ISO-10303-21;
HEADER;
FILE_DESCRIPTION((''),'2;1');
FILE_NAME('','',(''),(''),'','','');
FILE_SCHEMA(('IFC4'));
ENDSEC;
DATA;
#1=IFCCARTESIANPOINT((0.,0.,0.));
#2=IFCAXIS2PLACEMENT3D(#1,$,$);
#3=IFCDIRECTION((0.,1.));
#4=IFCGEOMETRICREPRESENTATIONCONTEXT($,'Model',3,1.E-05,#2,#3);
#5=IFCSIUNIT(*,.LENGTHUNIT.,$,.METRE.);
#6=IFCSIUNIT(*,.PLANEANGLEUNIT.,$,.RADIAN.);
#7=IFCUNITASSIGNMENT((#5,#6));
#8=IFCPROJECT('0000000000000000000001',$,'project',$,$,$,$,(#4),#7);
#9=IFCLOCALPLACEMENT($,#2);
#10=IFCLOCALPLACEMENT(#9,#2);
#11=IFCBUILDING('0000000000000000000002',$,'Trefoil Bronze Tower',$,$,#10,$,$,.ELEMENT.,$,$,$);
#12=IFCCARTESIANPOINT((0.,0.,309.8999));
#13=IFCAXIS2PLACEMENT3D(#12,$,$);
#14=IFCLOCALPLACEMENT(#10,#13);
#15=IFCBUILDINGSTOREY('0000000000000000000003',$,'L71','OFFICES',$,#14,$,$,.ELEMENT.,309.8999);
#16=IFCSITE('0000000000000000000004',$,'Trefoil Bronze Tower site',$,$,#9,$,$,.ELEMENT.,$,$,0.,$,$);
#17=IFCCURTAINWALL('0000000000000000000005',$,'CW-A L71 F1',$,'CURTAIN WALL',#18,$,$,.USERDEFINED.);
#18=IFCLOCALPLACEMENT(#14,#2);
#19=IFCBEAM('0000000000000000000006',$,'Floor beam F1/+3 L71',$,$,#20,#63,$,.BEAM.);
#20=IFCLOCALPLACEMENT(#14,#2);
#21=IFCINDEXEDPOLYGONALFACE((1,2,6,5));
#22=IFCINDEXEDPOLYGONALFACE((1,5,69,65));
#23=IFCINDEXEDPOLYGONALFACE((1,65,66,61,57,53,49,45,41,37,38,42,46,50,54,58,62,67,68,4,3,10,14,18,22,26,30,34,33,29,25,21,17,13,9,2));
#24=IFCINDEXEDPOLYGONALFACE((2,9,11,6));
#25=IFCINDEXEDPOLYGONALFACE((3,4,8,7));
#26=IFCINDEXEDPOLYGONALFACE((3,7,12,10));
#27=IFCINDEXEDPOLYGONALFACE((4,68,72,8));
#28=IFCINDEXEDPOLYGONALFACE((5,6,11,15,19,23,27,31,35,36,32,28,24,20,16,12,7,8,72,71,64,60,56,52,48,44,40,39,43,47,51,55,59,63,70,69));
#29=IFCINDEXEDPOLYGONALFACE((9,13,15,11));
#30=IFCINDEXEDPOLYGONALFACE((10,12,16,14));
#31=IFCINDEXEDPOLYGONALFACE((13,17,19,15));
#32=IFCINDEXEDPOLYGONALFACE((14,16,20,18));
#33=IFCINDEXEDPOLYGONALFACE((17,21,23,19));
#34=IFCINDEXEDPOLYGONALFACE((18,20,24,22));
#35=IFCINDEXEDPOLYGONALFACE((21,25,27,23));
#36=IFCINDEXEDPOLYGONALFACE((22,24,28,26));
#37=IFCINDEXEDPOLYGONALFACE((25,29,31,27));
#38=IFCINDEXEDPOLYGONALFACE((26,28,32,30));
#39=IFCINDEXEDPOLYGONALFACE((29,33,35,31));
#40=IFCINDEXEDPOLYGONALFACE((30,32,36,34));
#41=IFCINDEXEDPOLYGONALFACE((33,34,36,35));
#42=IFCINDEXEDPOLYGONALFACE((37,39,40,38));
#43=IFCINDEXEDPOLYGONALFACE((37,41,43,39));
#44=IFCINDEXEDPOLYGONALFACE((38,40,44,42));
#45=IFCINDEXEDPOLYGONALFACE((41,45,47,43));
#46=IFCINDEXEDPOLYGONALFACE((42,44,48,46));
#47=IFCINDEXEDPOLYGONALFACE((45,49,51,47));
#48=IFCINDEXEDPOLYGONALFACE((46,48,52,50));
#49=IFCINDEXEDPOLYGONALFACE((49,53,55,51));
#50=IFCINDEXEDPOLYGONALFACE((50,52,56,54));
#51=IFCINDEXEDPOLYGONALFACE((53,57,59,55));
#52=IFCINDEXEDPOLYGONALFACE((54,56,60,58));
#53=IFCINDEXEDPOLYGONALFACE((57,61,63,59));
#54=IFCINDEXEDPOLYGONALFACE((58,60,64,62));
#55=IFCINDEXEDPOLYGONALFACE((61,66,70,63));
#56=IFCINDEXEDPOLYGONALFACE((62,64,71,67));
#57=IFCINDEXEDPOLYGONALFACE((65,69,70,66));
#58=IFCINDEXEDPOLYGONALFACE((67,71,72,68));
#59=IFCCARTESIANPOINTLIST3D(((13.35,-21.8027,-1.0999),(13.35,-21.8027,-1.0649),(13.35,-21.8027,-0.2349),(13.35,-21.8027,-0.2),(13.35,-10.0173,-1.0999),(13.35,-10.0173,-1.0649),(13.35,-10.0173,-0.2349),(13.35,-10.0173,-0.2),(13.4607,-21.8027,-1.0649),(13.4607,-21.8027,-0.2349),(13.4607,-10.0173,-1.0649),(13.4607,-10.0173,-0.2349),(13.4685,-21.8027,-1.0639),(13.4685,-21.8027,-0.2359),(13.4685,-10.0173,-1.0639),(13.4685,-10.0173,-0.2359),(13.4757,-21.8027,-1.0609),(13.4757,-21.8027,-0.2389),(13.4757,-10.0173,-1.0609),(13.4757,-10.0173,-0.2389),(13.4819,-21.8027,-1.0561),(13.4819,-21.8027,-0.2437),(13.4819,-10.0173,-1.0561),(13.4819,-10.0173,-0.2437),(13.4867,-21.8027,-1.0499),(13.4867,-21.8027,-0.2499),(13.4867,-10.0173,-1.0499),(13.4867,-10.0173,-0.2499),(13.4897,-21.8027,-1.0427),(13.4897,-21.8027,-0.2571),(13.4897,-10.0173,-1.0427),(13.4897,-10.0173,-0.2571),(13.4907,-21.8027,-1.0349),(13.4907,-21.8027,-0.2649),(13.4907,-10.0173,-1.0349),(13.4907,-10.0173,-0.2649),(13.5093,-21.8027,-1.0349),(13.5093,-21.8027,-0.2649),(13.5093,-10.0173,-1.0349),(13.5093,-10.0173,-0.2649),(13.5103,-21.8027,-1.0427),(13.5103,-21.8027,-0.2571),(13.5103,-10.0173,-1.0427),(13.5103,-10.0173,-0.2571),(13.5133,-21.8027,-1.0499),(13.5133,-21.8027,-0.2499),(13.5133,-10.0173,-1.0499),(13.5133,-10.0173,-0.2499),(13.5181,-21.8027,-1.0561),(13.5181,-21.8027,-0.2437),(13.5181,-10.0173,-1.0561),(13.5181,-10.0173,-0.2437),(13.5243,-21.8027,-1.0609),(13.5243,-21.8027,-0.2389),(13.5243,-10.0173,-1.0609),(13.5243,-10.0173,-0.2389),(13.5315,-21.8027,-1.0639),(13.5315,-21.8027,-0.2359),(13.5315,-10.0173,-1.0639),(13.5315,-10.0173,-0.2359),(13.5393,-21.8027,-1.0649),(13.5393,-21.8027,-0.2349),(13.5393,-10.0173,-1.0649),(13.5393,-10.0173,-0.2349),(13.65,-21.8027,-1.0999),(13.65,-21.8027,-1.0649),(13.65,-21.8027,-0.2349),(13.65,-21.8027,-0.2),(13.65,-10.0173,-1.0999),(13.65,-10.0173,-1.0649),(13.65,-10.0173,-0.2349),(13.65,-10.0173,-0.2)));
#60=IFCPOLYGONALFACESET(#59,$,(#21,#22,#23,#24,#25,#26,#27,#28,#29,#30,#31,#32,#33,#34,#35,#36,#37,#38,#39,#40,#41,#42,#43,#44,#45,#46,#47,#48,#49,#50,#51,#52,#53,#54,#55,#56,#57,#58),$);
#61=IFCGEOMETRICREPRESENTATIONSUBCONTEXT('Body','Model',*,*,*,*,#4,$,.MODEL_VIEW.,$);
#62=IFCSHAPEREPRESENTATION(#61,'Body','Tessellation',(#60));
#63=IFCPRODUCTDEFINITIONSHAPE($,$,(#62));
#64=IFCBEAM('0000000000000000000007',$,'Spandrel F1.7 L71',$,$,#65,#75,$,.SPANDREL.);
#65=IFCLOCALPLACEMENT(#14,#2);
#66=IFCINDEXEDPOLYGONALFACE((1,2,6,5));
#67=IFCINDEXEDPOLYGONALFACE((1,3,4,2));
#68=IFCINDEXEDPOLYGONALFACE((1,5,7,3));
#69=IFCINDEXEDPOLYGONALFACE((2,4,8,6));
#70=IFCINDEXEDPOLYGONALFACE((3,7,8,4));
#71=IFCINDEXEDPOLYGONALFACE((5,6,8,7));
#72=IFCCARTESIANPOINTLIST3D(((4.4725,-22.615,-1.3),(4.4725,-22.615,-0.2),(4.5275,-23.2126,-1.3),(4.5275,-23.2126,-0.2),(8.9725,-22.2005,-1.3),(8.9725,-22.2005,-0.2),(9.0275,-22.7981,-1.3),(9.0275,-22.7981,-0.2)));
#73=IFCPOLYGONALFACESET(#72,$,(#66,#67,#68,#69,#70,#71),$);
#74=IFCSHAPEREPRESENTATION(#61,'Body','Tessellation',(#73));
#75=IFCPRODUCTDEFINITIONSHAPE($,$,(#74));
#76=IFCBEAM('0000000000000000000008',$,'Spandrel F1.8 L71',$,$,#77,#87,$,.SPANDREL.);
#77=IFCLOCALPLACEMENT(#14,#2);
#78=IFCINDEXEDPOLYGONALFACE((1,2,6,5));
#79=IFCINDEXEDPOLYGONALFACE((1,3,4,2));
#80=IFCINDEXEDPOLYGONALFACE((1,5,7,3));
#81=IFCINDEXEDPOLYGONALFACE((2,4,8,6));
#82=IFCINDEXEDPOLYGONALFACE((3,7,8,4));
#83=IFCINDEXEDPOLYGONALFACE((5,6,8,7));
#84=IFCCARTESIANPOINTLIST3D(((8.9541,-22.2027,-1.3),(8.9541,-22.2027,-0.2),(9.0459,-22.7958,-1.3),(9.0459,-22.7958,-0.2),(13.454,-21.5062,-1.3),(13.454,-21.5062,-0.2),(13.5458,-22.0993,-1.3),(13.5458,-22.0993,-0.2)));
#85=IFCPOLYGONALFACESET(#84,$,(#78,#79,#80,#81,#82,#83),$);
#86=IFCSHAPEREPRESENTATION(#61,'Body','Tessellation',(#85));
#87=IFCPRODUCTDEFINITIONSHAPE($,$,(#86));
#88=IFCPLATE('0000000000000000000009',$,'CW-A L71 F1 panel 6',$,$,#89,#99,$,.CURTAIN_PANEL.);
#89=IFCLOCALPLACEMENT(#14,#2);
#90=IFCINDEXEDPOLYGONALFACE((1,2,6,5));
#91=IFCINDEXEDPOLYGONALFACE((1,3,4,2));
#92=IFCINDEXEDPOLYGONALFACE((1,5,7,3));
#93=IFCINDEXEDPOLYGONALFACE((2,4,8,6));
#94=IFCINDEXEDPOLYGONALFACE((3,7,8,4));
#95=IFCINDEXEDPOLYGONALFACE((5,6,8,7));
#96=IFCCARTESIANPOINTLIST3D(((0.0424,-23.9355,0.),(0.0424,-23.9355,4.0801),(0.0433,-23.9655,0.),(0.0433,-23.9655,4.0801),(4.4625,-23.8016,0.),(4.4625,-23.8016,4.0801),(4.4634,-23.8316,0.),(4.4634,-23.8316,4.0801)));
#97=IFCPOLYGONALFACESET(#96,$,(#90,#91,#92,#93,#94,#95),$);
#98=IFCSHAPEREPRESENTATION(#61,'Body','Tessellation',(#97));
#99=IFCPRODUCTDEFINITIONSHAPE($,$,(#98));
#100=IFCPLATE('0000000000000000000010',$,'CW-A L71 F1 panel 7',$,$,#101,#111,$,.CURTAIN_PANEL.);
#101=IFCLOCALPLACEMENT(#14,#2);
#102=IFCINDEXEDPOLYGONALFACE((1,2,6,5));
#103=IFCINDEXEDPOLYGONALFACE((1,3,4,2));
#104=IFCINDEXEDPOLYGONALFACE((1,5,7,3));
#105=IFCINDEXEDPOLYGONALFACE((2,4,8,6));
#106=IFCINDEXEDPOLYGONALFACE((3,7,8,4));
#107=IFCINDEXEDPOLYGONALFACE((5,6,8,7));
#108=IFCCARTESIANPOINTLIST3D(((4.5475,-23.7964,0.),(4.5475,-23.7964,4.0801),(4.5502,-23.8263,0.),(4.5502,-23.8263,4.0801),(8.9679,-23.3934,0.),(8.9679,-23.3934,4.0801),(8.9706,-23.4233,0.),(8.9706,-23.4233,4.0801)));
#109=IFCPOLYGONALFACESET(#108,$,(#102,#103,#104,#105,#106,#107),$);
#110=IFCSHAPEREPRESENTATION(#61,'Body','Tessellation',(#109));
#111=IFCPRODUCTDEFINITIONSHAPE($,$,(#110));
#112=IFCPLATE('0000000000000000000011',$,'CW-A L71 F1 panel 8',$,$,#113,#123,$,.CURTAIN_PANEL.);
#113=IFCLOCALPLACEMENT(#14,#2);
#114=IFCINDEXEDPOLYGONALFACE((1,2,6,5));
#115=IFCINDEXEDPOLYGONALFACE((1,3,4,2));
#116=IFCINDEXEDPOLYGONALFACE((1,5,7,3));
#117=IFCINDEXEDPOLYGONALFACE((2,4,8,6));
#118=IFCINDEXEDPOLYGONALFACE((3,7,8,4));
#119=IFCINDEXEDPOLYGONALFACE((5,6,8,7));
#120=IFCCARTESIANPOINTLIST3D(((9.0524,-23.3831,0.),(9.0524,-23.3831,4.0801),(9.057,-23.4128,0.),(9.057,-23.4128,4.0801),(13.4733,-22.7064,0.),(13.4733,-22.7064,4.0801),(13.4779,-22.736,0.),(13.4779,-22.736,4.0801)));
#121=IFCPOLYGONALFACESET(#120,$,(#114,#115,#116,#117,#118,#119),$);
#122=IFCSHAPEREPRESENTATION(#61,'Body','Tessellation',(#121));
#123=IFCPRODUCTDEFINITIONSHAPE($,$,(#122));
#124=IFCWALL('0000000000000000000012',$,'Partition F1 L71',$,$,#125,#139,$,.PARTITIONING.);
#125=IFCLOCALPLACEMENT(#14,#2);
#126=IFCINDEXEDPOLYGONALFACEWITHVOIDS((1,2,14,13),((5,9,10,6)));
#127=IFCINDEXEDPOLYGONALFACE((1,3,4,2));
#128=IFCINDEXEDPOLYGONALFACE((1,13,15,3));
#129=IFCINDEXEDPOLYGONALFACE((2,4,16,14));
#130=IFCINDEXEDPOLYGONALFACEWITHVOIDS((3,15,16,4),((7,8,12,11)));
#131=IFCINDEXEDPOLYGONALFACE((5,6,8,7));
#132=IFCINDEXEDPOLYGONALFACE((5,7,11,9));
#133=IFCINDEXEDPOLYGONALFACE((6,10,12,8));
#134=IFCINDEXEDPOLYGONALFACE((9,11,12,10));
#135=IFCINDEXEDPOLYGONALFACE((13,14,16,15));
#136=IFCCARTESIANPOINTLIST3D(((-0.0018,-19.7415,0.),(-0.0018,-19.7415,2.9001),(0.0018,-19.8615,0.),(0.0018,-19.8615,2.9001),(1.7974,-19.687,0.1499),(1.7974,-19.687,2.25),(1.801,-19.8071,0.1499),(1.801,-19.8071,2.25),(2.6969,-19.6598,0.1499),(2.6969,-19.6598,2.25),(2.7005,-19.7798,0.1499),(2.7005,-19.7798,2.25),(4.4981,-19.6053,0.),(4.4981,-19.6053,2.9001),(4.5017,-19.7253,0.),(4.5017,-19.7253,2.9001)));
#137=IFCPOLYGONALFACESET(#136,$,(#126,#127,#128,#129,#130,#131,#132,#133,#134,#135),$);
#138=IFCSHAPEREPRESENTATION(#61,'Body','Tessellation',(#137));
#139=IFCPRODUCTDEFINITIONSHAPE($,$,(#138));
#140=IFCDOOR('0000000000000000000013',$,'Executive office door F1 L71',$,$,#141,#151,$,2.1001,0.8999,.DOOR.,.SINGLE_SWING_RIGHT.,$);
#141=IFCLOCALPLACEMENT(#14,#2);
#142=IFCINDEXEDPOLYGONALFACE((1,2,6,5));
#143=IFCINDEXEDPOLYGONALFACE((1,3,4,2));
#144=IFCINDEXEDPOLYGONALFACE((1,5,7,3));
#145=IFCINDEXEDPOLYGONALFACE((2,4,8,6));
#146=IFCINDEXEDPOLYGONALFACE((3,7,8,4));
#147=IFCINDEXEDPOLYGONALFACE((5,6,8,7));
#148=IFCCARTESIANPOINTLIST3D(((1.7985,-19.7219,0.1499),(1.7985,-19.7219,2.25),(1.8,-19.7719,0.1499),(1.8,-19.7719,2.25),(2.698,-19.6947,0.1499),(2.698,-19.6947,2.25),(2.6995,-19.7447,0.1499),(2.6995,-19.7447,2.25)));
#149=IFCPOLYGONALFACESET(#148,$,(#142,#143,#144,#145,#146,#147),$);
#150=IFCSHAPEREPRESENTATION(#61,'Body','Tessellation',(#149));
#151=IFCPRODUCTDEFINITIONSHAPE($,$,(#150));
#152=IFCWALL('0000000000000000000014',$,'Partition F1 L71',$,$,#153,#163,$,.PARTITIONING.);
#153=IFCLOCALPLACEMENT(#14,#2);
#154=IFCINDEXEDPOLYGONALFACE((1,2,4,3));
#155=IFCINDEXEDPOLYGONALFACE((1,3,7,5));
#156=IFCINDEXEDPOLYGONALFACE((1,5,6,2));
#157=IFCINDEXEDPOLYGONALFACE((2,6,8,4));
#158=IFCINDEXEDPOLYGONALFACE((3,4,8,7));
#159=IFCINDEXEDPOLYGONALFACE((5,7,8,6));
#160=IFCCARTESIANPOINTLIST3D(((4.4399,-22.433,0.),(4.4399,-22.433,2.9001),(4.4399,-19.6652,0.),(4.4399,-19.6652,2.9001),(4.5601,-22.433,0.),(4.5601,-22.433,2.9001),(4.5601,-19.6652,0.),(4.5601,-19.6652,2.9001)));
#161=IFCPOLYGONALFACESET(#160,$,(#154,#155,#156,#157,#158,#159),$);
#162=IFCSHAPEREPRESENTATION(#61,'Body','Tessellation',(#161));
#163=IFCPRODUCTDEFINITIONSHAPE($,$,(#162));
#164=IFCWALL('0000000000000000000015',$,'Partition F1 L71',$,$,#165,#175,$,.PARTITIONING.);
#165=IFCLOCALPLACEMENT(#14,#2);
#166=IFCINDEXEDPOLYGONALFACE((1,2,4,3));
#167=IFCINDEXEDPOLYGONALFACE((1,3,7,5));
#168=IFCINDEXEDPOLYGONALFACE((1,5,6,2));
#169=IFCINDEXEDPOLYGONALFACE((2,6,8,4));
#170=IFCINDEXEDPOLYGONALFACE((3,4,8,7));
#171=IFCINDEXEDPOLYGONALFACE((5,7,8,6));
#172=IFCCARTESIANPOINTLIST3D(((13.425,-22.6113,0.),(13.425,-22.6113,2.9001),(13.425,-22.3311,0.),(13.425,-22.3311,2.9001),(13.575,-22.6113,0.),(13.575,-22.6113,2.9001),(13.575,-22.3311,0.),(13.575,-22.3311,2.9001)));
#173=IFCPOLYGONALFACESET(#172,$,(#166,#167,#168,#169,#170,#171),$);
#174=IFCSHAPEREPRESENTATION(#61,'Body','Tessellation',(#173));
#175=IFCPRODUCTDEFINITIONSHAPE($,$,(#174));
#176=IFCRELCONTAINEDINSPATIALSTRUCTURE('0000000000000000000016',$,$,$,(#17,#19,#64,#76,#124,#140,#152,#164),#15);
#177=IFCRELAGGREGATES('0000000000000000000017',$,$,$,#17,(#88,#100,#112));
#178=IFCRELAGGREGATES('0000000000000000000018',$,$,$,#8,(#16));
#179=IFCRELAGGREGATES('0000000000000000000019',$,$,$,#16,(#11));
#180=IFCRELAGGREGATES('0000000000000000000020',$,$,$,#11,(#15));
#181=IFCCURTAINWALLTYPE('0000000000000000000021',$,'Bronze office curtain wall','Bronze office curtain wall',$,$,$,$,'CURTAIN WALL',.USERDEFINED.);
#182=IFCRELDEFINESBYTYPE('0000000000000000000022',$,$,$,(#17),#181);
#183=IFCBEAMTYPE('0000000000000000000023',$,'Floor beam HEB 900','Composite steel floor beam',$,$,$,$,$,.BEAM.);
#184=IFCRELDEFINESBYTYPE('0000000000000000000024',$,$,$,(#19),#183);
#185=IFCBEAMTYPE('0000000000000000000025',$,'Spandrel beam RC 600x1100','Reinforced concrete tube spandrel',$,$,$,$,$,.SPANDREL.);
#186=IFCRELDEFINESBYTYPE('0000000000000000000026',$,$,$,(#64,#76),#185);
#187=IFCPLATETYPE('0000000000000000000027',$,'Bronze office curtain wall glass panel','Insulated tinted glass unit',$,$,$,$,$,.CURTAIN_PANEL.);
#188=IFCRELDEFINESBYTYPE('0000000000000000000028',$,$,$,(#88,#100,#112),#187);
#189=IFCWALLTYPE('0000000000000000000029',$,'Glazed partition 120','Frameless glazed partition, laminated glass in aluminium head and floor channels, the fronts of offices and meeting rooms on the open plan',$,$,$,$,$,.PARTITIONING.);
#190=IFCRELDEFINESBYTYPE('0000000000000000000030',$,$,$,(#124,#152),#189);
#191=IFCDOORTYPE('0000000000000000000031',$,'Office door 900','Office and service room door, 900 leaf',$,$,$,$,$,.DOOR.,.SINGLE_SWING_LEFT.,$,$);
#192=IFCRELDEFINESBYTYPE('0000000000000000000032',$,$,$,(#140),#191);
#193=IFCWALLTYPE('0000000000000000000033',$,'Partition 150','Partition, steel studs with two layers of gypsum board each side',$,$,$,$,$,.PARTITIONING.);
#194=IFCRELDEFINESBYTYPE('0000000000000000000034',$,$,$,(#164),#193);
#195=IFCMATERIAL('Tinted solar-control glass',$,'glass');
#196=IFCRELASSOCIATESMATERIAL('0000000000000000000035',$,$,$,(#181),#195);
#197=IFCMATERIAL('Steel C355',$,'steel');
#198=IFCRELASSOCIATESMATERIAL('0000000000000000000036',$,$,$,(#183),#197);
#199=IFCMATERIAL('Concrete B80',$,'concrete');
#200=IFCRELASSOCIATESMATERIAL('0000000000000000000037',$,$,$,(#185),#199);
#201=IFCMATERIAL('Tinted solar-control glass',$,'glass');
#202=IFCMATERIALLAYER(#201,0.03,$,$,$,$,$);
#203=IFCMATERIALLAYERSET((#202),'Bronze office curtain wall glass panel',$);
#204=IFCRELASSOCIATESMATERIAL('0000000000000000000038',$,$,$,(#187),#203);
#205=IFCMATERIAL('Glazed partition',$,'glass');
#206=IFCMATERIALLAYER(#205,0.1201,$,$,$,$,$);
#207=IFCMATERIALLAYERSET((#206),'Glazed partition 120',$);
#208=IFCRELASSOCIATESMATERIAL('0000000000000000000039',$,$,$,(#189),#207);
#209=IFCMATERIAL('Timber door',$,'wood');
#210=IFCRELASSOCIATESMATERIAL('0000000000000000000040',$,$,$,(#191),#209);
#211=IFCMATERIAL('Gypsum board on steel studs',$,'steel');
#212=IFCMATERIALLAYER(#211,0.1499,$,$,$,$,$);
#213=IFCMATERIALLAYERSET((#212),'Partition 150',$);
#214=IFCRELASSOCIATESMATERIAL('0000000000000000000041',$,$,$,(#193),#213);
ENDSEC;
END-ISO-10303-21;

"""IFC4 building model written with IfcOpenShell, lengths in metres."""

from ifc_helpers import new_model, si_unit, direction, frame, frame_2d, origin, origin_2d, place, context, subcontext, project, spatial, rectangle, i_section, extrude, material, layer, layer_set, material_profile, profile_set, type_object, element, fill, aggregate, save


model = new_model("IFC4")

# Units and contexts
model_context = context("Model", 3, precision=1e-05, world=origin(), true_north=direction((0.0, 1.0)))
body_context = subcontext(model_context, "Body", "Model", "MODEL_VIEW")
ifc_project = project(units=[si_unit("LENGTHUNIT", "METRE"), si_unit("PLANEANGLEUNIT", "RADIAN")], contexts=[model_context])

# Site, building, storey
site_placement = place(None, origin())
site = spatial("IfcSite", under=ifc_project, at=site_placement, Name="Trefoil Bronze Tower site", CompositionType="ELEMENT", RefElevation=0.0)
building_placement = place(site_placement, origin())
building = spatial("IfcBuilding", under=site, at=building_placement, Name="Trefoil Bronze Tower", CompositionType="ELEMENT")
storey_placement = place(building_placement, frame((0.0, 0.0, 309.8999)))
storey = spatial("IfcBuildingStorey", under=building, at=storey_placement, Name="L71", Description="OFFICES", CompositionType="ELEMENT", Elevation=309.8999)

# Curtain wall
ifc_material_1 = material(Name="Tinted solar-control glass", Category="glass")
curtain_wall_type = type_object("IfcCurtainWallType", Name="Bronze office curtain wall", Description="Bronze office curtain wall", ElementType="CURTAIN WALL", PredefinedType="USERDEFINED", material=ifc_material_1)
curtain_wall_placement = place(storey_placement, origin())
curtain_wall = element("IfcCurtainWall", 1, at=curtain_wall_placement, inside=storey, type_object=curtain_wall_type, Name="CW-A L71 F1", ObjectType="CURTAIN WALL", PredefinedType="USERDEFINED")

# Beams
ifc_material_2 = material(Name="Steel C355", Category="steel")
ifc_material_profile_1 = material_profile(ifc_material_2, i_section(OverallWidth=0.3, OverallDepth=0.8999, WebThickness=0.0186, FlangeThickness=0.0349, FilletRadius=0.03, at=origin_2d()), Name="HEB 900")
ifc_profile_set_1 = profile_set([ifc_material_profile_1], Name="Steel C355")
beam_type_1 = type_object("IfcBeamType", Name="Floor beam HEB 900", Description="Composite steel floor beam", PredefinedType="BEAM", material=ifc_profile_set_1)
beam_1_placement = place(storey_placement, frame((13.5, -21.8027, -0.6499), z_axis=(0.0, 1.0, 0.0), x_axis=(-1.0, 0.0, 0.0)))
element("IfcBeam", 2, at=beam_1_placement, inside=storey, type_object=beam_type_1, Name="Floor beam F1/+3 L71", PredefinedType="BEAM", context=body_context, shape_type="SweptSolid", body=[
    extrude(i_section(OverallWidth=0.3, OverallDepth=0.8999, WebThickness=0.0186, FlangeThickness=0.0349, FilletRadius=0.03, at=origin_2d()), origin(), (0.0, 0.0, 1.0), 11.7854),
])
ifc_material_3 = material(Name="Concrete B80", Category="concrete")
ifc_material_profile_2 = material_profile(ifc_material_3, rectangle(XDim=0.6001, YDim=1.1001, at=origin_2d()), Name="RC 600x1100")
ifc_profile_set_2 = profile_set([ifc_material_profile_2], Name="Concrete B80")
beam_type_2 = type_object("IfcBeamType", Name="Spandrel beam RC 600x1100", Description="Reinforced concrete tube spandrel", PredefinedType="SPANDREL", material=ifc_profile_set_2)
beam_2_placement = place(storey_placement, frame((4.5, -22.9138, -0.75), z_axis=(0.995784, 0.091734, 0.0), x_axis=(-0.091734, 0.995784, 0.0)))
element("IfcBeam", 3, at=beam_2_placement, inside=storey, type_object=beam_type_2, Name="Spandrel F1.7 L71", PredefinedType="SPANDREL", context=body_context, shape_type="SweptSolid", body=[
    extrude(rectangle(XDim=0.6001, YDim=1.1001, at=origin_2d()), origin(), (0.0, 0.0, 1.0), 4.519),
])
beam_3_placement = place(storey_placement, frame((9.0, -22.4993, -0.75), z_axis=(0.988232, 0.152964, 0.0), x_axis=(-0.152964, 0.988232, 0.0)))
element("IfcBeam", 4, at=beam_3_placement, inside=storey, type_object=beam_type_2, Name="Spandrel F1.8 L71", PredefinedType="SPANDREL", context=body_context, shape_type="SweptSolid", body=[
    extrude(rectangle(XDim=0.6001, YDim=1.1001, at=origin_2d()), origin(), (0.0, 0.0, 1.0), 4.5535),
])

# Plates
ifc_material_4 = material(Name="Tinted solar-control glass", Category="glass")
ifc_layer_1 = layer(ifc_material_4, 0.03)
ifc_layer_set_1 = layer_set([ifc_layer_1], Name="Bronze office curtain wall glass panel")
plate_type = type_object("IfcPlateType", Name="Bronze office curtain wall glass panel", Description="Insulated tinted glass unit", PredefinedType="CURTAIN_PANEL", material=ifc_layer_set_1)
plate_1_placement = place(storey_placement, frame((2.2529, -23.8835, 0.0), z_axis=(0.0, 0.0, 1.0), x_axis=(0.999542, 0.030263, 0.0)))
plate_1 = element("IfcPlate", 5, at=plate_1_placement, type_object=plate_type, Name="CW-A L71 F1 panel 6", PredefinedType="CURTAIN_PANEL", context=body_context, shape_type="SweptSolid", body=[
    extrude(rectangle(XDim=4.4221, YDim=0.03, at=origin_2d()), origin(), (0.0, 0.0, 1.0), 4.0801),
])
plate_2_placement = place(storey_placement, frame((6.759, -23.6099, 0.0), z_axis=(0.0, 0.0, 1.0), x_axis=(0.99587, 0.090789, 0.0)))
plate_2 = element("IfcPlate", 6, at=plate_2_placement, type_object=plate_type, Name="CW-A L71 F1 panel 7", PredefinedType="CURTAIN_PANEL", context=body_context, shape_type="SweptSolid", body=[
    extrude(rectangle(XDim=4.4387, YDim=0.03, at=origin_2d()), origin(), (0.0, 0.0, 1.0), 4.0801),
])
plate_3_placement = place(storey_placement, frame((11.2651, -23.0596, 0.0), z_axis=(0.0, 0.0, 1.0), x_axis=(0.988485, 0.151317, 0.0)))
plate_3 = element("IfcPlate", 7, at=plate_3_placement, type_object=plate_type, Name="CW-A L71 F1 panel 8", PredefinedType="CURTAIN_PANEL", context=body_context, shape_type="SweptSolid", body=[
    extrude(rectangle(XDim=4.4724, YDim=0.03, at=origin_2d()), origin(), (0.0, 0.0, 1.0), 4.0801),
])
aggregate(curtain_wall, [plate_1, plate_2, plate_3])

# Wall, opening, door
ifc_material_5 = material(Name="Glazed partition", Category="glass")
ifc_layer_2 = layer(ifc_material_5, 0.1201)
ifc_layer_set_2 = layer_set([ifc_layer_2], Name="Glazed partition 120")
wall_type_1 = type_object("IfcWallType", Name="Glazed partition 120", Description="Frameless glazed partition, laminated glass in aluminium head and floor channels, the fronts of offices and meeting rooms on the open plan", PredefinedType="PARTITIONING", material=ifc_layer_set_2)
wall_1_placement = place(storey_placement, frame((0.0, -19.8015, 0.0), z_axis=(0.0, 0.0, 1.0), x_axis=(0.999542, 0.03026, 0.0)))
wall_1 = element("IfcWall", 8, at=wall_1_placement, inside=storey, type_object=wall_type_1, Name="Partition F1 L71", PredefinedType="PARTITIONING", context=body_context, shape_type="SweptSolid", body=[
    extrude(rectangle(XDim=4.502, YDim=0.1201, at=frame_2d((2.251, 0.0))), origin(), (0.0, 0.0, 1.0), 2.9001),
])
opening_placement = place(wall_1_placement, frame((1.8, 0.0, 0.1499)))
opening = element("IfcOpeningElement", 9, at=opening_placement, cuts=wall_1, PredefinedType="OPENING", context=body_context, shape_type="SweptSolid", body=[
    extrude(rectangle(XDim=0.8999, YDim=2.1001, at=frame_2d((0.45, 1.05))), frame((0.0, 0.0701, 0.0), z_axis=(0.0, -1.0, 0.0), x_axis=(1.0, 0.0, 0.0)), (0.0, 0.0, 1.0), 0.1401),
])
ifc_material_6 = material(Name="Timber door", Category="wood")
door_type = type_object("IfcDoorType", Name="Office door 900", Description="Office and service room door, 900 leaf", OperationType="SINGLE_SWING_LEFT", PredefinedType="DOOR", material=ifc_material_6)
door_placement = place(opening_placement, frame((0.8999, 0.0, 0.0), z_axis=(0.0, 0.0, 1.0), x_axis=(-1.0, 0.0, 0.0)))
door = element("IfcDoor", 10, at=door_placement, inside=storey, type_object=door_type, Name="Executive office door F1 L71", OperationType="SINGLE_SWING_RIGHT", OverallHeight=2.1001, OverallWidth=0.8999, PredefinedType="DOOR", context=body_context, shape_type="SweptSolid", body=[
    extrude(rectangle(XDim=0.8999, YDim=2.1001, at=frame_2d((0.45, 1.05))), frame((0.0, 0.0249, 0.0), z_axis=(0.0, -1.0, 0.0), x_axis=(1.0, 0.0, 0.0)), (0.0, 0.0, 1.0), 0.05),
])
fill(opening, door)

# Walls
wall_2_placement = place(storey_placement, frame((4.5, -19.6653, 0.0), z_axis=(0.0, 0.0, 1.0), x_axis=(0.0, -1.0, 0.0)))
element("IfcWall", 11, at=wall_2_placement, inside=storey, type_object=wall_type_1, Name="Partition F1 L71", PredefinedType="PARTITIONING", context=body_context, shape_type="SweptSolid", body=[
    extrude(rectangle(XDim=2.7678, YDim=0.1201, at=frame_2d((1.3838, 0.0))), origin(), (0.0, 0.0, 1.0), 2.9001),
])
ifc_material_7 = material(Name="Gypsum board on steel studs", Category="steel")
ifc_layer_3 = layer(ifc_material_7, 0.1499)
ifc_layer_set_3 = layer_set([ifc_layer_3], Name="Partition 150")
wall_type_2 = type_object("IfcWallType", Name="Partition 150", Description="Partition, steel studs with two layers of gypsum board each side", PredefinedType="PARTITIONING", material=ifc_layer_set_3)
wall_3_placement = place(storey_placement, frame((13.5, -22.3311, 0.0), z_axis=(0.0, 0.0, 1.0), x_axis=(0.0, -1.0, 0.0)))
element("IfcWall", 12, at=wall_3_placement, inside=storey, type_object=wall_type_2, Name="Partition F1 L71", PredefinedType="PARTITIONING", context=body_context, shape_type="SweptSolid", body=[
    extrude(rectangle(XDim=0.2803, YDim=0.1499, at=frame_2d((0.1401, 0.0))), origin(), (0.0, 0.0, 1.0), 2.9001),
])

save(model, "model.ifc")
